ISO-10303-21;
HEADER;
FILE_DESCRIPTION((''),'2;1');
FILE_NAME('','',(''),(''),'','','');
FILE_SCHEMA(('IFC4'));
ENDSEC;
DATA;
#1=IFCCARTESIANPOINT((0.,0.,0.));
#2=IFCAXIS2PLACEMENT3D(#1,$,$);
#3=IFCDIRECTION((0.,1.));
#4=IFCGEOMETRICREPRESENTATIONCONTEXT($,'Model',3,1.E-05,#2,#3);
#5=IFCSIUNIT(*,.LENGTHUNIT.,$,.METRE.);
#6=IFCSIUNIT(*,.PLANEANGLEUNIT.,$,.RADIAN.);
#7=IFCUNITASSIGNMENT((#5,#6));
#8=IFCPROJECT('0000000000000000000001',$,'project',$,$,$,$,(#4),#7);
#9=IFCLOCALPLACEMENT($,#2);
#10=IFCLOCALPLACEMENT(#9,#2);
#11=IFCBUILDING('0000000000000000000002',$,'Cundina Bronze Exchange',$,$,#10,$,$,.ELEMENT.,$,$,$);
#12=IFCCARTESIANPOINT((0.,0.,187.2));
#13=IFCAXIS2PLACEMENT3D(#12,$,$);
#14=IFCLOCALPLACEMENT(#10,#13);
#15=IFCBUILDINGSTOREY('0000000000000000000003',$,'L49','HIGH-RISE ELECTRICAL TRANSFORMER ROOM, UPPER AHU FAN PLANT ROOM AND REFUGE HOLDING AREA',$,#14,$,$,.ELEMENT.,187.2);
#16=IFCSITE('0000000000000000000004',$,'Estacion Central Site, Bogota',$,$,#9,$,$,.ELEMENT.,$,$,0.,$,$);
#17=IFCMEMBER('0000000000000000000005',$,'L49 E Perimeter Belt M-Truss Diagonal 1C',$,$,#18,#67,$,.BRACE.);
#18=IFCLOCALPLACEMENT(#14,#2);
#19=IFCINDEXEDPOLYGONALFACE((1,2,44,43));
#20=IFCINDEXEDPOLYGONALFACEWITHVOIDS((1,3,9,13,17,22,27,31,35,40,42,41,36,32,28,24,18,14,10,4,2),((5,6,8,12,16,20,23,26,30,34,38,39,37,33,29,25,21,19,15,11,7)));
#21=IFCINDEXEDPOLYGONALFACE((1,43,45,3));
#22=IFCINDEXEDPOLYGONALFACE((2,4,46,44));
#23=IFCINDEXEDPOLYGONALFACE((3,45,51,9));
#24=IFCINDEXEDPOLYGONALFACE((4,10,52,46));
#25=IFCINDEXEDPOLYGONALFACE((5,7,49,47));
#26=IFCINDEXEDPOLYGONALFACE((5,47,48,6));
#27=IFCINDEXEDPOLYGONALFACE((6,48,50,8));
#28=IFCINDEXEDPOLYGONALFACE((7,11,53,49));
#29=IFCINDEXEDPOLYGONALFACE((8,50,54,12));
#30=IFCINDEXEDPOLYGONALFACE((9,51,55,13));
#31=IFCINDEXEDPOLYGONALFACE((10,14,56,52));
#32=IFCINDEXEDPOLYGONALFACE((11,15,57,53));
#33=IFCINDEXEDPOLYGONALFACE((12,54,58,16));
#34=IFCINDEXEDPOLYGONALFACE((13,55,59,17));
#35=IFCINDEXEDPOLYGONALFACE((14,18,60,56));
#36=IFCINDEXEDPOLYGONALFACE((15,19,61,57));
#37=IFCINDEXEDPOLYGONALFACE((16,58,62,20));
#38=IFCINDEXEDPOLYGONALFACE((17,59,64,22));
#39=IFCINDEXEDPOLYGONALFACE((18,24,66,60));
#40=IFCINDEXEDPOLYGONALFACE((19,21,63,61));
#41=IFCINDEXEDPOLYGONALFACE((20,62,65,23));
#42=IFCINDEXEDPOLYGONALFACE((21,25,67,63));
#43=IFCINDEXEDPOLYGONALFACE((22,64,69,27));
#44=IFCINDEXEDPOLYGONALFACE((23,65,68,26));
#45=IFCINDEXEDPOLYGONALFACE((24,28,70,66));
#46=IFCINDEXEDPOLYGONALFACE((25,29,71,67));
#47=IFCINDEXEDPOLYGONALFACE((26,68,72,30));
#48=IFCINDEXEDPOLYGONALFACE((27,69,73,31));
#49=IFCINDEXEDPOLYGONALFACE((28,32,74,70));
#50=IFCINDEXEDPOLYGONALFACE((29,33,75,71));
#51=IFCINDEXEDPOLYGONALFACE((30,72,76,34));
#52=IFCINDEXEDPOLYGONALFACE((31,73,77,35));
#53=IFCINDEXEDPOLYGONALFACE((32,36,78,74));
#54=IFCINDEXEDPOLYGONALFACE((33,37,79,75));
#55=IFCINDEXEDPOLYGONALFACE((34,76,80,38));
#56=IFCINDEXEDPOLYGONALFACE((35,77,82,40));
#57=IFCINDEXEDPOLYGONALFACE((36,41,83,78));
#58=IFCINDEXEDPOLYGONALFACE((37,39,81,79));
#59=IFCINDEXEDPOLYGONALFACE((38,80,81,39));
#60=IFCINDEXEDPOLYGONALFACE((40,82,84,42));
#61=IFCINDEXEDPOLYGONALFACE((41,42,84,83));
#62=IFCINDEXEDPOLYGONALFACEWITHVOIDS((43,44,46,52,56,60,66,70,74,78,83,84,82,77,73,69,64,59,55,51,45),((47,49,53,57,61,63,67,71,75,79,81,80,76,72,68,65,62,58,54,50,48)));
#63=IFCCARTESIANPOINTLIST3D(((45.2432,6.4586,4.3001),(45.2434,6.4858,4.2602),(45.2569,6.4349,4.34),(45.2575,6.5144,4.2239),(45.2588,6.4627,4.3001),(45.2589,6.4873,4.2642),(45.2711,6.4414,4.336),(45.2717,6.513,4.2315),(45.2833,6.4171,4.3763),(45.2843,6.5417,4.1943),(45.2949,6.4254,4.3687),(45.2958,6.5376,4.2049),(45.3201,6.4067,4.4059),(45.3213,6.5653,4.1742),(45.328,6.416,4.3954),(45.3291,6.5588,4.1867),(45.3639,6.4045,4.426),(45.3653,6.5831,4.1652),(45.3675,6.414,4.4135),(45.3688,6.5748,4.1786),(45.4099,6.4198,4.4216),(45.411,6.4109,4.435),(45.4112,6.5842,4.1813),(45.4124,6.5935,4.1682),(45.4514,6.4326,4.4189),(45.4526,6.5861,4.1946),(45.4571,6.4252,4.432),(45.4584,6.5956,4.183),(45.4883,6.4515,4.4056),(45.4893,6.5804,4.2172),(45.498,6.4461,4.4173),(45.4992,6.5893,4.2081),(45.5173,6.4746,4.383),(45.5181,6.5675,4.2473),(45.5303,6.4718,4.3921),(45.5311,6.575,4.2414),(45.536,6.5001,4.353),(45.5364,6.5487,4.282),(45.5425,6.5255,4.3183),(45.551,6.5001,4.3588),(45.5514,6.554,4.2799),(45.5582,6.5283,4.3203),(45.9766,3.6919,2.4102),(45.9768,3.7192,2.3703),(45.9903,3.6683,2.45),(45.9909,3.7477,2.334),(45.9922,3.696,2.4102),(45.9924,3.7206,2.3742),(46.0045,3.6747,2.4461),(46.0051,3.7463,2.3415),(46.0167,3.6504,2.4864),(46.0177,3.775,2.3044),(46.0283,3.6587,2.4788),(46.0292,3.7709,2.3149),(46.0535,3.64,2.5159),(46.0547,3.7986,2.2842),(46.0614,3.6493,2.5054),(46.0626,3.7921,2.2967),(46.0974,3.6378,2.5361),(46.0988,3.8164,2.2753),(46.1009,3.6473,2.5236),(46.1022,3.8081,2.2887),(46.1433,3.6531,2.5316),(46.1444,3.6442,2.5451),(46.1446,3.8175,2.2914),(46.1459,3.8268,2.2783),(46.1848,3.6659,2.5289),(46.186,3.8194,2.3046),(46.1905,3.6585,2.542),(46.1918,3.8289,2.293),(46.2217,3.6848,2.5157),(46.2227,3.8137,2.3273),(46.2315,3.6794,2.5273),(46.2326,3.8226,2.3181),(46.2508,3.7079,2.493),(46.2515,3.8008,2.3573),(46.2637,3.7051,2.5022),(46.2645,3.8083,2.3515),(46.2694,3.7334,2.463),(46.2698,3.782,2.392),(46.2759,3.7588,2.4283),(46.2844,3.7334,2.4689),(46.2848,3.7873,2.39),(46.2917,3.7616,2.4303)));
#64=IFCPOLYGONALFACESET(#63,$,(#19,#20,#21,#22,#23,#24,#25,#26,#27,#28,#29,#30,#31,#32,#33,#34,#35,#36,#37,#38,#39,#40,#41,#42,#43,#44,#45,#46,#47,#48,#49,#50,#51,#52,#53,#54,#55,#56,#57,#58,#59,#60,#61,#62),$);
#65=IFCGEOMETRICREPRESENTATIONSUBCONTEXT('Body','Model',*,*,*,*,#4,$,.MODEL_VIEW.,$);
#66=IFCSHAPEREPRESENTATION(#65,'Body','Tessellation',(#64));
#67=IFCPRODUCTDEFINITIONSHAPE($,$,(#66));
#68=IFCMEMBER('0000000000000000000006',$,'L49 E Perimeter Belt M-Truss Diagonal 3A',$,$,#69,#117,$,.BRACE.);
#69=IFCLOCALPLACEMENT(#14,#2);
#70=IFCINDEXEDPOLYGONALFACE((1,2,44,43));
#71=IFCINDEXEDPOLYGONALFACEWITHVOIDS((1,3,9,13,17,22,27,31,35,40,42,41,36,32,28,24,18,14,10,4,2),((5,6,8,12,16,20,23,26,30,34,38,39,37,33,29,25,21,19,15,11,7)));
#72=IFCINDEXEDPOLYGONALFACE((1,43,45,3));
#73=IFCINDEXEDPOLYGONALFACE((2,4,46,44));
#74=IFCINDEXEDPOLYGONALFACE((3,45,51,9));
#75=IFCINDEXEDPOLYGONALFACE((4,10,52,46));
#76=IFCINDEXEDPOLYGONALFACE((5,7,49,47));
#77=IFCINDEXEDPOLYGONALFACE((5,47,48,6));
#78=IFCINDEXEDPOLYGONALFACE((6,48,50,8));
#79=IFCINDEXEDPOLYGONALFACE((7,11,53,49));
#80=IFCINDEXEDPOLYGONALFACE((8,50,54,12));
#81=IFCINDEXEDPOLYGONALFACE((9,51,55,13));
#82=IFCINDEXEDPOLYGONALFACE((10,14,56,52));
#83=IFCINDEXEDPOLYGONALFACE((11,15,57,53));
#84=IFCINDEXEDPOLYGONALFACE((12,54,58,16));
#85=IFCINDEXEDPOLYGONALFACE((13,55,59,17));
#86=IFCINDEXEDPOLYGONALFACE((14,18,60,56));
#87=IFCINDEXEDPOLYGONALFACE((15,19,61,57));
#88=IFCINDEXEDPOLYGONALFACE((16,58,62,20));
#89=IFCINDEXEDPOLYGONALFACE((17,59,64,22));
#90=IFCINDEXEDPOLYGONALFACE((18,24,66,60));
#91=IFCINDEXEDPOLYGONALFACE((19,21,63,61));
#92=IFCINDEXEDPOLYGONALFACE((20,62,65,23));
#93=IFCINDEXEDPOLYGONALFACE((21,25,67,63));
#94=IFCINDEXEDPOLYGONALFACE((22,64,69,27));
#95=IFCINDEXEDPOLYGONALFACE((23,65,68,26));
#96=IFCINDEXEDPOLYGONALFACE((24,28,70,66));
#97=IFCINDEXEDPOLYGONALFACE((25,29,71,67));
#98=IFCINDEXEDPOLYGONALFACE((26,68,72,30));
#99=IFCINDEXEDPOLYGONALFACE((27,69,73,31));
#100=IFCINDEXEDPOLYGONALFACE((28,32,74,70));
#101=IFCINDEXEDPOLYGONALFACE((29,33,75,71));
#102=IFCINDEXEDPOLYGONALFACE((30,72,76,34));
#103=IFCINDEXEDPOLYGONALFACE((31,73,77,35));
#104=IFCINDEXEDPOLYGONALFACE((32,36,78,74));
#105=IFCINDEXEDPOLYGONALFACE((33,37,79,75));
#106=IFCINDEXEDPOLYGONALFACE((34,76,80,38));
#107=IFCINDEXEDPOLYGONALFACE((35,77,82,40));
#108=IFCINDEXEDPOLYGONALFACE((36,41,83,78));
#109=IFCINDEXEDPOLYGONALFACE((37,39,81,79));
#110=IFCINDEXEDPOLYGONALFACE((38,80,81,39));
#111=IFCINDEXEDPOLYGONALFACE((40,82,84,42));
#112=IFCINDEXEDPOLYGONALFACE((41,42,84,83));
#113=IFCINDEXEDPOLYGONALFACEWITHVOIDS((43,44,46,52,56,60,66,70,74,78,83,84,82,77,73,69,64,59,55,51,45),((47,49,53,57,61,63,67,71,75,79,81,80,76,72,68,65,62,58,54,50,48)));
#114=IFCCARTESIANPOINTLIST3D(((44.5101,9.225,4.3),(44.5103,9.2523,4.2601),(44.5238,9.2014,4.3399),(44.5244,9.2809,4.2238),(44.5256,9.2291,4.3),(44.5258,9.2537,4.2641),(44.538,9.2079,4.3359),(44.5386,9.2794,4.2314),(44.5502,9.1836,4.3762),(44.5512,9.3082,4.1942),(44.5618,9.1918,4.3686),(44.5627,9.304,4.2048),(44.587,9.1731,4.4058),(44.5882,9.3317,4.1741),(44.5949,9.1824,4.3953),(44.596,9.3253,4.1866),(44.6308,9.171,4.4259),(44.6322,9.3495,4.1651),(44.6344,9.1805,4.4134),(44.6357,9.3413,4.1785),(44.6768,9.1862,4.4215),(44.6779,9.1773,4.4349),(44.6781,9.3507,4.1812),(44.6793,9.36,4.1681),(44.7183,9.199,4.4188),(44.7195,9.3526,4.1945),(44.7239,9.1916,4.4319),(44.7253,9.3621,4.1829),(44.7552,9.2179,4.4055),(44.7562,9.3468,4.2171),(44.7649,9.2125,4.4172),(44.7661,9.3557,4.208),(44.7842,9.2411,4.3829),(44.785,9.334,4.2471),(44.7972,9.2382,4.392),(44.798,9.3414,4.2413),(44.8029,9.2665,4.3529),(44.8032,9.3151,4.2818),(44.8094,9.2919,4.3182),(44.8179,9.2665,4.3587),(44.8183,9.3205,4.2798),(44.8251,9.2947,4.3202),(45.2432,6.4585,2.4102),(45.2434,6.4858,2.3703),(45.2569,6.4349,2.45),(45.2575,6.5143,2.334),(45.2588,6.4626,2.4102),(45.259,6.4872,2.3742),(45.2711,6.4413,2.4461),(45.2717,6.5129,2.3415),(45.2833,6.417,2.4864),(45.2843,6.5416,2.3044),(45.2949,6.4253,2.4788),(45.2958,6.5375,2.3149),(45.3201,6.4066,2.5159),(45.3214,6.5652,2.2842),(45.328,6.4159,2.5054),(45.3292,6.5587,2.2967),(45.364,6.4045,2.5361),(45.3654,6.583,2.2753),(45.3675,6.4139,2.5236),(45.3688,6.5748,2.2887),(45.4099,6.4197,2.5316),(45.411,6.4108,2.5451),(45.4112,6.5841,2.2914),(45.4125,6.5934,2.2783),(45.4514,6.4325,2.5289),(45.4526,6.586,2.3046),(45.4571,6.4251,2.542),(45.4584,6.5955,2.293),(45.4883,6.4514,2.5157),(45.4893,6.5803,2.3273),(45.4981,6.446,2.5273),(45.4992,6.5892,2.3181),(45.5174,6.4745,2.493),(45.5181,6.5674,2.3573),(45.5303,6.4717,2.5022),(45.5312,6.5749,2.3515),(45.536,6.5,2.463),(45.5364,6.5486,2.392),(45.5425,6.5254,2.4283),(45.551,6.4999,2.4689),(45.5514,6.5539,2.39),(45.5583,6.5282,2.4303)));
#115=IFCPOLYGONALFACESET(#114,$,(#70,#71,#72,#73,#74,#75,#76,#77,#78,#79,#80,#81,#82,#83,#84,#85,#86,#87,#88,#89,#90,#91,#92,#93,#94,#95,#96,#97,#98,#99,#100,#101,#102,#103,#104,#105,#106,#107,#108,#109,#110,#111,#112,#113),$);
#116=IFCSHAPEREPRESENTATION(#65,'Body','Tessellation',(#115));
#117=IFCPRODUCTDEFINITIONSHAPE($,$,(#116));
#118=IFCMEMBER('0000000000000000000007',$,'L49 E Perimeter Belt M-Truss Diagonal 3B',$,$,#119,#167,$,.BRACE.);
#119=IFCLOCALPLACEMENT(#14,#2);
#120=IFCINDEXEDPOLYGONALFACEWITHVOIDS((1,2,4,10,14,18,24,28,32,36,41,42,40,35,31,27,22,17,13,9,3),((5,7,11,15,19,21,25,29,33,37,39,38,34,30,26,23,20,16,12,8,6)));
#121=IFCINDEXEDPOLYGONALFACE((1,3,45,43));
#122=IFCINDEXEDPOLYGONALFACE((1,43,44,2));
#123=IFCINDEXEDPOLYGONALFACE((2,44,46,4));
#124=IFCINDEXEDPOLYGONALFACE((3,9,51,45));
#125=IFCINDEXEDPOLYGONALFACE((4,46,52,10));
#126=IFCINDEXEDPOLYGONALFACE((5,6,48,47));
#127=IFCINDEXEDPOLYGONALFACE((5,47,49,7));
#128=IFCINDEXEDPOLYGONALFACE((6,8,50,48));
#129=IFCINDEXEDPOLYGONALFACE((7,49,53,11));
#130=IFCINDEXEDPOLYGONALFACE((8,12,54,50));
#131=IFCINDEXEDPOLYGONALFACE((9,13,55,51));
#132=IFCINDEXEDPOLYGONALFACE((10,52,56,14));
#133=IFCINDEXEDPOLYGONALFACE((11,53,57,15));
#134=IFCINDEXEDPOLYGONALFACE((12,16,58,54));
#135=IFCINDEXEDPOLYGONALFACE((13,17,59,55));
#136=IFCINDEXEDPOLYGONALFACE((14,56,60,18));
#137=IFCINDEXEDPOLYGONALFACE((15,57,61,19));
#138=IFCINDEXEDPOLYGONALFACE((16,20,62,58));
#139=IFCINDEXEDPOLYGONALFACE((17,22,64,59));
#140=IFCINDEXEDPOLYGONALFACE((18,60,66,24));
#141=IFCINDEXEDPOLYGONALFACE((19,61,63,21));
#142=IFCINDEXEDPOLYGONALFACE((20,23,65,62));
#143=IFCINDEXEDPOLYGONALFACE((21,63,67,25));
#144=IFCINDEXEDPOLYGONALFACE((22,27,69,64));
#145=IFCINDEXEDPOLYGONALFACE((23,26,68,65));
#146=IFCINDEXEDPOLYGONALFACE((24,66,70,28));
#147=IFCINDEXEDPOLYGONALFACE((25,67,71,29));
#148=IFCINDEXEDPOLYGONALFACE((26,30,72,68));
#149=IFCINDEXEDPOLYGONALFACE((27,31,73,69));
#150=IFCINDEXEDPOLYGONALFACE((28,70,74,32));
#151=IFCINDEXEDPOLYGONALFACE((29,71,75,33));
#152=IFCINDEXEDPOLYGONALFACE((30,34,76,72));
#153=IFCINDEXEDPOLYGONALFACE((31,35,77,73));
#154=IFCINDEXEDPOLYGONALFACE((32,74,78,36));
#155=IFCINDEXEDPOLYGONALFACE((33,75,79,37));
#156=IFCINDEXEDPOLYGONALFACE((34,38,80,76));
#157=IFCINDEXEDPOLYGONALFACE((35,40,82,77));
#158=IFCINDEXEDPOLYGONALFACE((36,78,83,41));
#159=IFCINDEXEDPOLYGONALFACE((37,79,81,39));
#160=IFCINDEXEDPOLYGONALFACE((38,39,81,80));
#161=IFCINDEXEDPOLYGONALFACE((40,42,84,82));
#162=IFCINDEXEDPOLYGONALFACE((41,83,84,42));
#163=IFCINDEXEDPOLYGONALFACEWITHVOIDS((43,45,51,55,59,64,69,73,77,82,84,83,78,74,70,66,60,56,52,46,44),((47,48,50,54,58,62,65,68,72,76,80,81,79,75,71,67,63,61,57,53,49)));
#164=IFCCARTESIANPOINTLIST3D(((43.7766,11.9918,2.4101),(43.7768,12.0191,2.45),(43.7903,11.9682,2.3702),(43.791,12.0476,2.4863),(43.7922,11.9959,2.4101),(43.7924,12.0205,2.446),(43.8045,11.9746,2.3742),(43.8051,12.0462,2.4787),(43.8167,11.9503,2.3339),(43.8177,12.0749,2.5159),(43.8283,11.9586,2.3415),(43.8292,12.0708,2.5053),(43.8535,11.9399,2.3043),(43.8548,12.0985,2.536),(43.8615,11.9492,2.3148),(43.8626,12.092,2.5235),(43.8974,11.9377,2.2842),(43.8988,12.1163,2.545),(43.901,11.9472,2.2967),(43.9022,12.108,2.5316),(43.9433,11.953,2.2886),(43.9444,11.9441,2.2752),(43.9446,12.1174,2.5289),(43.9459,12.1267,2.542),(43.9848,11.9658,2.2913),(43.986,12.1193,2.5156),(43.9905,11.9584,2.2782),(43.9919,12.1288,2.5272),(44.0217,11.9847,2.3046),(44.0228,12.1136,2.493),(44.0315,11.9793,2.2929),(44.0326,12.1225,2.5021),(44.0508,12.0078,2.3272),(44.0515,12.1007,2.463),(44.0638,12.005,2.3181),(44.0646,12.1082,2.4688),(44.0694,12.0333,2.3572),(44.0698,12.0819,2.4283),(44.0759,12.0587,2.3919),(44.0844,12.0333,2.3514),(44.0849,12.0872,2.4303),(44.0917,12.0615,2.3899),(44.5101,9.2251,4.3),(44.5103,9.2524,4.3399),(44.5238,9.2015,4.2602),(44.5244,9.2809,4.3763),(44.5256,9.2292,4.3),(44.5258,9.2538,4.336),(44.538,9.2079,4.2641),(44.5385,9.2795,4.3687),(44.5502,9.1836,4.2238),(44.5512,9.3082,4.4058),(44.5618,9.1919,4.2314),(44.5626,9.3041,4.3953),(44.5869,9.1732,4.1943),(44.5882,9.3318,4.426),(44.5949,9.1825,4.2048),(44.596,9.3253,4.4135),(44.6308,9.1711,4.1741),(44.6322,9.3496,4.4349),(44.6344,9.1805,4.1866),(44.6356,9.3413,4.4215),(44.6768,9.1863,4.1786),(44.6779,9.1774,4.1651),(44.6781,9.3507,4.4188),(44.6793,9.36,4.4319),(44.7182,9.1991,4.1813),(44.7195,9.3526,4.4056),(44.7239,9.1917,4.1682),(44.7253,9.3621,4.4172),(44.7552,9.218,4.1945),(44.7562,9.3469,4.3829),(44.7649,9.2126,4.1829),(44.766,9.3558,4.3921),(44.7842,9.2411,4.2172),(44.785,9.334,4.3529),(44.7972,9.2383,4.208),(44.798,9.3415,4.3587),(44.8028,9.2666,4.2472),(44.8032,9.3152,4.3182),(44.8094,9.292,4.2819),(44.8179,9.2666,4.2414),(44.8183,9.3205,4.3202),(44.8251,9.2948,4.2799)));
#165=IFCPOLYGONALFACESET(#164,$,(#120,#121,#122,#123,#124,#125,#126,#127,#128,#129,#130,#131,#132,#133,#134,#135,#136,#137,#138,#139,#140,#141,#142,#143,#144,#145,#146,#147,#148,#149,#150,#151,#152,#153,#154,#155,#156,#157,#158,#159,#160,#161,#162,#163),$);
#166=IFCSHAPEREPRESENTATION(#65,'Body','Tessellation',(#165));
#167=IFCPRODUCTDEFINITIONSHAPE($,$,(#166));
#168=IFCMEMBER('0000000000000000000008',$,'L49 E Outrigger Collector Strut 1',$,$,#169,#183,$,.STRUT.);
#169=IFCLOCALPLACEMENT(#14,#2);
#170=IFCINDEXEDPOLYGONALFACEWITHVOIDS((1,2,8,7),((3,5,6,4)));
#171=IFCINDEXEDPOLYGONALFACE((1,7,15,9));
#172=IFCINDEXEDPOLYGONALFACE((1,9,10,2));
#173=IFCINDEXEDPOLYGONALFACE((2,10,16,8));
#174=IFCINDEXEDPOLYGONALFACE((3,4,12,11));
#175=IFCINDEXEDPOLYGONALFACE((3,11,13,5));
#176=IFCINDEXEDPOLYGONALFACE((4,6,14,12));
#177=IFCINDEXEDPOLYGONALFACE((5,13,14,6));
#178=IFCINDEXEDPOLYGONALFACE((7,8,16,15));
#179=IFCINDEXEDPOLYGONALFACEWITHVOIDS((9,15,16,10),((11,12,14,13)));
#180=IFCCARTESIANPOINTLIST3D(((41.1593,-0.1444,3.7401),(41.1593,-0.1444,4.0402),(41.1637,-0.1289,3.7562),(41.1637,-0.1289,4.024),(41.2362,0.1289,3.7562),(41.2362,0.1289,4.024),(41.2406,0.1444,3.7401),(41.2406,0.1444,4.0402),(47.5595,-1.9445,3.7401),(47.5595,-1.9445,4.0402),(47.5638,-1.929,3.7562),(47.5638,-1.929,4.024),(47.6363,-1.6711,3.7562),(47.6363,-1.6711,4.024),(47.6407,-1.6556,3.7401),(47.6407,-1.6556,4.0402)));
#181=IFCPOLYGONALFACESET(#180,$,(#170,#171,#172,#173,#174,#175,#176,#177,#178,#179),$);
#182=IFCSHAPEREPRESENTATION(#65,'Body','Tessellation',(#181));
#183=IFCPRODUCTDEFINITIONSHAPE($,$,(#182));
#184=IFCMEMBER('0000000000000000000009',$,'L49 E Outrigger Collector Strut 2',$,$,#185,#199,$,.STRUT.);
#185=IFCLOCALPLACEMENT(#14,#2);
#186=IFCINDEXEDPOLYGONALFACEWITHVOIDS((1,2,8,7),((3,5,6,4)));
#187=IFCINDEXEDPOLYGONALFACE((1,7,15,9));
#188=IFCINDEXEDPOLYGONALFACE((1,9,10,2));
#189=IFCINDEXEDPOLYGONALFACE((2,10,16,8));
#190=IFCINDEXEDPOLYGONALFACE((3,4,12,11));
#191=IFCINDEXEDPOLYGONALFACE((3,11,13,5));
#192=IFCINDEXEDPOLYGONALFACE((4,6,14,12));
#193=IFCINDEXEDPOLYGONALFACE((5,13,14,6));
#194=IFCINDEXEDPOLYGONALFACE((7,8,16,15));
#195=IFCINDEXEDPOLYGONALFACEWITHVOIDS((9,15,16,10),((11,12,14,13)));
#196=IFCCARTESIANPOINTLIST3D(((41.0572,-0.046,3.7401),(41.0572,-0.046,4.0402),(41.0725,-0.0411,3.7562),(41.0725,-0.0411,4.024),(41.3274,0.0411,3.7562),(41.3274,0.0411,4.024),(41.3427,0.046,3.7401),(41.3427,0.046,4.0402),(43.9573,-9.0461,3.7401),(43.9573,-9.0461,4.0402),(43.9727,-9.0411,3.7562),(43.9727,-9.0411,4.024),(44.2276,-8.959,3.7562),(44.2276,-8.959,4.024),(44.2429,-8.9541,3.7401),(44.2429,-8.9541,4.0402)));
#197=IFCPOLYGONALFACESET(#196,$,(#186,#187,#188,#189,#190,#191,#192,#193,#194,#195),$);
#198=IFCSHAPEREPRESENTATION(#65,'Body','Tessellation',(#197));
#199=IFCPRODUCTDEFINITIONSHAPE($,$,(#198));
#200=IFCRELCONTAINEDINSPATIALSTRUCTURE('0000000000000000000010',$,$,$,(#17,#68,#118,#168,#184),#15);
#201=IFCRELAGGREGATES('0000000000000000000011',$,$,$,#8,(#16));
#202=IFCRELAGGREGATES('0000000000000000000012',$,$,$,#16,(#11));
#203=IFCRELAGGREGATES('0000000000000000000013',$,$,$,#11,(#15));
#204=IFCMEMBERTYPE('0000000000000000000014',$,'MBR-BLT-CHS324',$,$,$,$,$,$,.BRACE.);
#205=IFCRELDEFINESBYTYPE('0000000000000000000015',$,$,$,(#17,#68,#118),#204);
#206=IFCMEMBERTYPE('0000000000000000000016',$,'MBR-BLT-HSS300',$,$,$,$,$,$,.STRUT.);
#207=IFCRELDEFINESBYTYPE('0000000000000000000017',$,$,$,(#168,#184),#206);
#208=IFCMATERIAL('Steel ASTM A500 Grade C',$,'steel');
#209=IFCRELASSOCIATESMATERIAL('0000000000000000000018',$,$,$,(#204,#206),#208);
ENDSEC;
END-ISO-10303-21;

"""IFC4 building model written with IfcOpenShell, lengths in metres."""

from ifc_helpers import new_model, si_unit, direction, frame, origin, origin_2d, place, context, subcontext, project, spatial, hollow_rectangle, hollow_circle, extrude, material, material_profile, profile_set, type_object, element, save


model = new_model("IFC4")

# Units and contexts
model_context = context("Model", 3, precision=1e-05, world=origin(), true_north=direction((0.0, 1.0)))
body_context = subcontext(model_context, "Body", "Model", "MODEL_VIEW")
ifc_project = project(units=[si_unit("LENGTHUNIT", "METRE"), si_unit("PLANEANGLEUNIT", "RADIAN")], contexts=[model_context])

# Site, building, storey
site_placement = place(None, origin())
site = spatial("IfcSite", under=ifc_project, at=site_placement, Name="Estacion Central Site, Bogota", CompositionType="ELEMENT", RefElevation=0.0)
building_placement = place(site_placement, origin())
building = spatial("IfcBuilding", under=site, at=building_placement, Name="Cundina Bronze Exchange", CompositionType="ELEMENT")
storey_placement = place(building_placement, frame((0.0, 0.0, 187.2)))
storey = spatial("IfcBuildingStorey", under=building, at=storey_placement, Name="L49", Description="HIGH-RISE ELECTRICAL TRANSFORMER ROOM, UPPER AHU FAN PLANT ROOM AND REFUGE HOLDING AREA", CompositionType="ELEMENT", Elevation=187.2)

# Members
ifc_material_1 = material(Name="Steel ASTM A500 Grade C", Category="steel")
ifc_material_profile_1 = material_profile(ifc_material_1, hollow_circle(Radius=0.1621, WallThickness=0.0161, at=origin_2d()), Name="CHS324X16", Category="steel")
ifc_profile_set_1 = profile_set([ifc_material_profile_1], Name="Steel ASTM A500 Grade C")
member_type_1 = type_object("IfcMemberType", Name="MBR-BLT-CHS324", PredefinedType="BRACE", material=ifc_profile_set_1)
for number, where, z_axis, x_axis, name in (
    (1, (46.1333, 3.7334, 2.4102), (-0.21383, 0.806632, 0.551018), (-0.966613, -0.25624, 0.0), "L49 E Perimeter Belt M-Truss Diagonal 1C"),
):
    element("IfcMember", number, at=place(storey_placement, frame(where, z_axis=z_axis, x_axis=x_axis)), inside=storey, type_object=member_type_1, Name=name, PredefinedType="BRACE", context=body_context, shape_type="SweptSolid", body=[
        extrude(hollow_circle(Radius=0.1621, WallThickness=0.0161, at=origin_2d()), origin(), (0.0, 0.0, 1.0), 3.4299),
    ])
member_1_placement = place(storey_placement, frame((45.3999, 6.5, 2.4102), z_axis=(-0.213762, 0.806644, 0.551027), x_axis=(-0.966634, -0.25616, 0.0)))
element("IfcMember", 2, at=member_1_placement, inside=storey, type_object=member_type_1, Name="L49 E Perimeter Belt M-Truss Diagonal 3A", PredefinedType="BRACE", context=body_context, shape_type="SweptSolid", body=[
    extrude(hollow_circle(Radius=0.1621, WallThickness=0.0161, at=origin_2d()), origin(), (0.0, 0.0, 1.0), 3.4297),
])
member_2_placement = place(storey_placement, frame((44.6667, 9.2666, 4.3), z_axis=(-0.21383, 0.806632, -0.551018), x_axis=(-0.966613, -0.25624, 0.0)))
element("IfcMember", 3, at=member_2_placement, inside=storey, type_object=member_type_1, Name="L49 E Perimeter Belt M-Truss Diagonal 3B", PredefinedType="BRACE", context=body_context, shape_type="SweptSolid", body=[
    extrude(hollow_circle(Radius=0.1621, WallThickness=0.0161, at=origin_2d()), origin(), (0.0, 0.0, 1.0), 3.4299),
])
ifc_material_profile_2 = material_profile(ifc_material_1, hollow_rectangle(XDim=0.3, YDim=0.3, WallThickness=0.0161, at=origin_2d()), Name="HSS300X300X16", Category="steel")
ifc_profile_set_2 = profile_set([ifc_material_profile_2], Name="Steel ASTM A500 Grade C")
member_type_2 = type_object("IfcMemberType", Name="MBR-BLT-HSS300", PredefinedType="STRUT", material=ifc_profile_set_2)
member_3_placement = place(storey_placement, frame((41.2, 0.0, 3.8901), z_axis=(0.962651, -0.270747, 0.0), x_axis=(0.270747, 0.962651, 0.0)))
element("IfcMember", 4, at=member_3_placement, inside=storey, type_object=member_type_2, Name="L49 E Outrigger Collector Strut 1", PredefinedType="STRUT", context=body_context, shape_type="SweptSolid", body=[
    extrude(hollow_rectangle(XDim=0.3, YDim=0.3, WallThickness=0.0161, at=origin_2d()), origin(), (0.0, 0.0, 1.0), 6.6484),
])
member_4_placement = place(storey_placement, frame((41.2, 0.0, 3.8901), z_axis=(0.306708, -0.951804, 0.0), x_axis=(0.951804, 0.306708, 0.0)))
element("IfcMember", 5, at=member_4_placement, inside=storey, type_object=member_type_2, Name="L49 E Outrigger Collector Strut 2", PredefinedType="STRUT", context=body_context, shape_type="SweptSolid", body=[
    extrude(hollow_rectangle(XDim=0.3, YDim=0.3, WallThickness=0.0161, at=origin_2d()), origin(), (0.0, 0.0, 1.0), 9.4558),
])

save(model, "model.ifc")
